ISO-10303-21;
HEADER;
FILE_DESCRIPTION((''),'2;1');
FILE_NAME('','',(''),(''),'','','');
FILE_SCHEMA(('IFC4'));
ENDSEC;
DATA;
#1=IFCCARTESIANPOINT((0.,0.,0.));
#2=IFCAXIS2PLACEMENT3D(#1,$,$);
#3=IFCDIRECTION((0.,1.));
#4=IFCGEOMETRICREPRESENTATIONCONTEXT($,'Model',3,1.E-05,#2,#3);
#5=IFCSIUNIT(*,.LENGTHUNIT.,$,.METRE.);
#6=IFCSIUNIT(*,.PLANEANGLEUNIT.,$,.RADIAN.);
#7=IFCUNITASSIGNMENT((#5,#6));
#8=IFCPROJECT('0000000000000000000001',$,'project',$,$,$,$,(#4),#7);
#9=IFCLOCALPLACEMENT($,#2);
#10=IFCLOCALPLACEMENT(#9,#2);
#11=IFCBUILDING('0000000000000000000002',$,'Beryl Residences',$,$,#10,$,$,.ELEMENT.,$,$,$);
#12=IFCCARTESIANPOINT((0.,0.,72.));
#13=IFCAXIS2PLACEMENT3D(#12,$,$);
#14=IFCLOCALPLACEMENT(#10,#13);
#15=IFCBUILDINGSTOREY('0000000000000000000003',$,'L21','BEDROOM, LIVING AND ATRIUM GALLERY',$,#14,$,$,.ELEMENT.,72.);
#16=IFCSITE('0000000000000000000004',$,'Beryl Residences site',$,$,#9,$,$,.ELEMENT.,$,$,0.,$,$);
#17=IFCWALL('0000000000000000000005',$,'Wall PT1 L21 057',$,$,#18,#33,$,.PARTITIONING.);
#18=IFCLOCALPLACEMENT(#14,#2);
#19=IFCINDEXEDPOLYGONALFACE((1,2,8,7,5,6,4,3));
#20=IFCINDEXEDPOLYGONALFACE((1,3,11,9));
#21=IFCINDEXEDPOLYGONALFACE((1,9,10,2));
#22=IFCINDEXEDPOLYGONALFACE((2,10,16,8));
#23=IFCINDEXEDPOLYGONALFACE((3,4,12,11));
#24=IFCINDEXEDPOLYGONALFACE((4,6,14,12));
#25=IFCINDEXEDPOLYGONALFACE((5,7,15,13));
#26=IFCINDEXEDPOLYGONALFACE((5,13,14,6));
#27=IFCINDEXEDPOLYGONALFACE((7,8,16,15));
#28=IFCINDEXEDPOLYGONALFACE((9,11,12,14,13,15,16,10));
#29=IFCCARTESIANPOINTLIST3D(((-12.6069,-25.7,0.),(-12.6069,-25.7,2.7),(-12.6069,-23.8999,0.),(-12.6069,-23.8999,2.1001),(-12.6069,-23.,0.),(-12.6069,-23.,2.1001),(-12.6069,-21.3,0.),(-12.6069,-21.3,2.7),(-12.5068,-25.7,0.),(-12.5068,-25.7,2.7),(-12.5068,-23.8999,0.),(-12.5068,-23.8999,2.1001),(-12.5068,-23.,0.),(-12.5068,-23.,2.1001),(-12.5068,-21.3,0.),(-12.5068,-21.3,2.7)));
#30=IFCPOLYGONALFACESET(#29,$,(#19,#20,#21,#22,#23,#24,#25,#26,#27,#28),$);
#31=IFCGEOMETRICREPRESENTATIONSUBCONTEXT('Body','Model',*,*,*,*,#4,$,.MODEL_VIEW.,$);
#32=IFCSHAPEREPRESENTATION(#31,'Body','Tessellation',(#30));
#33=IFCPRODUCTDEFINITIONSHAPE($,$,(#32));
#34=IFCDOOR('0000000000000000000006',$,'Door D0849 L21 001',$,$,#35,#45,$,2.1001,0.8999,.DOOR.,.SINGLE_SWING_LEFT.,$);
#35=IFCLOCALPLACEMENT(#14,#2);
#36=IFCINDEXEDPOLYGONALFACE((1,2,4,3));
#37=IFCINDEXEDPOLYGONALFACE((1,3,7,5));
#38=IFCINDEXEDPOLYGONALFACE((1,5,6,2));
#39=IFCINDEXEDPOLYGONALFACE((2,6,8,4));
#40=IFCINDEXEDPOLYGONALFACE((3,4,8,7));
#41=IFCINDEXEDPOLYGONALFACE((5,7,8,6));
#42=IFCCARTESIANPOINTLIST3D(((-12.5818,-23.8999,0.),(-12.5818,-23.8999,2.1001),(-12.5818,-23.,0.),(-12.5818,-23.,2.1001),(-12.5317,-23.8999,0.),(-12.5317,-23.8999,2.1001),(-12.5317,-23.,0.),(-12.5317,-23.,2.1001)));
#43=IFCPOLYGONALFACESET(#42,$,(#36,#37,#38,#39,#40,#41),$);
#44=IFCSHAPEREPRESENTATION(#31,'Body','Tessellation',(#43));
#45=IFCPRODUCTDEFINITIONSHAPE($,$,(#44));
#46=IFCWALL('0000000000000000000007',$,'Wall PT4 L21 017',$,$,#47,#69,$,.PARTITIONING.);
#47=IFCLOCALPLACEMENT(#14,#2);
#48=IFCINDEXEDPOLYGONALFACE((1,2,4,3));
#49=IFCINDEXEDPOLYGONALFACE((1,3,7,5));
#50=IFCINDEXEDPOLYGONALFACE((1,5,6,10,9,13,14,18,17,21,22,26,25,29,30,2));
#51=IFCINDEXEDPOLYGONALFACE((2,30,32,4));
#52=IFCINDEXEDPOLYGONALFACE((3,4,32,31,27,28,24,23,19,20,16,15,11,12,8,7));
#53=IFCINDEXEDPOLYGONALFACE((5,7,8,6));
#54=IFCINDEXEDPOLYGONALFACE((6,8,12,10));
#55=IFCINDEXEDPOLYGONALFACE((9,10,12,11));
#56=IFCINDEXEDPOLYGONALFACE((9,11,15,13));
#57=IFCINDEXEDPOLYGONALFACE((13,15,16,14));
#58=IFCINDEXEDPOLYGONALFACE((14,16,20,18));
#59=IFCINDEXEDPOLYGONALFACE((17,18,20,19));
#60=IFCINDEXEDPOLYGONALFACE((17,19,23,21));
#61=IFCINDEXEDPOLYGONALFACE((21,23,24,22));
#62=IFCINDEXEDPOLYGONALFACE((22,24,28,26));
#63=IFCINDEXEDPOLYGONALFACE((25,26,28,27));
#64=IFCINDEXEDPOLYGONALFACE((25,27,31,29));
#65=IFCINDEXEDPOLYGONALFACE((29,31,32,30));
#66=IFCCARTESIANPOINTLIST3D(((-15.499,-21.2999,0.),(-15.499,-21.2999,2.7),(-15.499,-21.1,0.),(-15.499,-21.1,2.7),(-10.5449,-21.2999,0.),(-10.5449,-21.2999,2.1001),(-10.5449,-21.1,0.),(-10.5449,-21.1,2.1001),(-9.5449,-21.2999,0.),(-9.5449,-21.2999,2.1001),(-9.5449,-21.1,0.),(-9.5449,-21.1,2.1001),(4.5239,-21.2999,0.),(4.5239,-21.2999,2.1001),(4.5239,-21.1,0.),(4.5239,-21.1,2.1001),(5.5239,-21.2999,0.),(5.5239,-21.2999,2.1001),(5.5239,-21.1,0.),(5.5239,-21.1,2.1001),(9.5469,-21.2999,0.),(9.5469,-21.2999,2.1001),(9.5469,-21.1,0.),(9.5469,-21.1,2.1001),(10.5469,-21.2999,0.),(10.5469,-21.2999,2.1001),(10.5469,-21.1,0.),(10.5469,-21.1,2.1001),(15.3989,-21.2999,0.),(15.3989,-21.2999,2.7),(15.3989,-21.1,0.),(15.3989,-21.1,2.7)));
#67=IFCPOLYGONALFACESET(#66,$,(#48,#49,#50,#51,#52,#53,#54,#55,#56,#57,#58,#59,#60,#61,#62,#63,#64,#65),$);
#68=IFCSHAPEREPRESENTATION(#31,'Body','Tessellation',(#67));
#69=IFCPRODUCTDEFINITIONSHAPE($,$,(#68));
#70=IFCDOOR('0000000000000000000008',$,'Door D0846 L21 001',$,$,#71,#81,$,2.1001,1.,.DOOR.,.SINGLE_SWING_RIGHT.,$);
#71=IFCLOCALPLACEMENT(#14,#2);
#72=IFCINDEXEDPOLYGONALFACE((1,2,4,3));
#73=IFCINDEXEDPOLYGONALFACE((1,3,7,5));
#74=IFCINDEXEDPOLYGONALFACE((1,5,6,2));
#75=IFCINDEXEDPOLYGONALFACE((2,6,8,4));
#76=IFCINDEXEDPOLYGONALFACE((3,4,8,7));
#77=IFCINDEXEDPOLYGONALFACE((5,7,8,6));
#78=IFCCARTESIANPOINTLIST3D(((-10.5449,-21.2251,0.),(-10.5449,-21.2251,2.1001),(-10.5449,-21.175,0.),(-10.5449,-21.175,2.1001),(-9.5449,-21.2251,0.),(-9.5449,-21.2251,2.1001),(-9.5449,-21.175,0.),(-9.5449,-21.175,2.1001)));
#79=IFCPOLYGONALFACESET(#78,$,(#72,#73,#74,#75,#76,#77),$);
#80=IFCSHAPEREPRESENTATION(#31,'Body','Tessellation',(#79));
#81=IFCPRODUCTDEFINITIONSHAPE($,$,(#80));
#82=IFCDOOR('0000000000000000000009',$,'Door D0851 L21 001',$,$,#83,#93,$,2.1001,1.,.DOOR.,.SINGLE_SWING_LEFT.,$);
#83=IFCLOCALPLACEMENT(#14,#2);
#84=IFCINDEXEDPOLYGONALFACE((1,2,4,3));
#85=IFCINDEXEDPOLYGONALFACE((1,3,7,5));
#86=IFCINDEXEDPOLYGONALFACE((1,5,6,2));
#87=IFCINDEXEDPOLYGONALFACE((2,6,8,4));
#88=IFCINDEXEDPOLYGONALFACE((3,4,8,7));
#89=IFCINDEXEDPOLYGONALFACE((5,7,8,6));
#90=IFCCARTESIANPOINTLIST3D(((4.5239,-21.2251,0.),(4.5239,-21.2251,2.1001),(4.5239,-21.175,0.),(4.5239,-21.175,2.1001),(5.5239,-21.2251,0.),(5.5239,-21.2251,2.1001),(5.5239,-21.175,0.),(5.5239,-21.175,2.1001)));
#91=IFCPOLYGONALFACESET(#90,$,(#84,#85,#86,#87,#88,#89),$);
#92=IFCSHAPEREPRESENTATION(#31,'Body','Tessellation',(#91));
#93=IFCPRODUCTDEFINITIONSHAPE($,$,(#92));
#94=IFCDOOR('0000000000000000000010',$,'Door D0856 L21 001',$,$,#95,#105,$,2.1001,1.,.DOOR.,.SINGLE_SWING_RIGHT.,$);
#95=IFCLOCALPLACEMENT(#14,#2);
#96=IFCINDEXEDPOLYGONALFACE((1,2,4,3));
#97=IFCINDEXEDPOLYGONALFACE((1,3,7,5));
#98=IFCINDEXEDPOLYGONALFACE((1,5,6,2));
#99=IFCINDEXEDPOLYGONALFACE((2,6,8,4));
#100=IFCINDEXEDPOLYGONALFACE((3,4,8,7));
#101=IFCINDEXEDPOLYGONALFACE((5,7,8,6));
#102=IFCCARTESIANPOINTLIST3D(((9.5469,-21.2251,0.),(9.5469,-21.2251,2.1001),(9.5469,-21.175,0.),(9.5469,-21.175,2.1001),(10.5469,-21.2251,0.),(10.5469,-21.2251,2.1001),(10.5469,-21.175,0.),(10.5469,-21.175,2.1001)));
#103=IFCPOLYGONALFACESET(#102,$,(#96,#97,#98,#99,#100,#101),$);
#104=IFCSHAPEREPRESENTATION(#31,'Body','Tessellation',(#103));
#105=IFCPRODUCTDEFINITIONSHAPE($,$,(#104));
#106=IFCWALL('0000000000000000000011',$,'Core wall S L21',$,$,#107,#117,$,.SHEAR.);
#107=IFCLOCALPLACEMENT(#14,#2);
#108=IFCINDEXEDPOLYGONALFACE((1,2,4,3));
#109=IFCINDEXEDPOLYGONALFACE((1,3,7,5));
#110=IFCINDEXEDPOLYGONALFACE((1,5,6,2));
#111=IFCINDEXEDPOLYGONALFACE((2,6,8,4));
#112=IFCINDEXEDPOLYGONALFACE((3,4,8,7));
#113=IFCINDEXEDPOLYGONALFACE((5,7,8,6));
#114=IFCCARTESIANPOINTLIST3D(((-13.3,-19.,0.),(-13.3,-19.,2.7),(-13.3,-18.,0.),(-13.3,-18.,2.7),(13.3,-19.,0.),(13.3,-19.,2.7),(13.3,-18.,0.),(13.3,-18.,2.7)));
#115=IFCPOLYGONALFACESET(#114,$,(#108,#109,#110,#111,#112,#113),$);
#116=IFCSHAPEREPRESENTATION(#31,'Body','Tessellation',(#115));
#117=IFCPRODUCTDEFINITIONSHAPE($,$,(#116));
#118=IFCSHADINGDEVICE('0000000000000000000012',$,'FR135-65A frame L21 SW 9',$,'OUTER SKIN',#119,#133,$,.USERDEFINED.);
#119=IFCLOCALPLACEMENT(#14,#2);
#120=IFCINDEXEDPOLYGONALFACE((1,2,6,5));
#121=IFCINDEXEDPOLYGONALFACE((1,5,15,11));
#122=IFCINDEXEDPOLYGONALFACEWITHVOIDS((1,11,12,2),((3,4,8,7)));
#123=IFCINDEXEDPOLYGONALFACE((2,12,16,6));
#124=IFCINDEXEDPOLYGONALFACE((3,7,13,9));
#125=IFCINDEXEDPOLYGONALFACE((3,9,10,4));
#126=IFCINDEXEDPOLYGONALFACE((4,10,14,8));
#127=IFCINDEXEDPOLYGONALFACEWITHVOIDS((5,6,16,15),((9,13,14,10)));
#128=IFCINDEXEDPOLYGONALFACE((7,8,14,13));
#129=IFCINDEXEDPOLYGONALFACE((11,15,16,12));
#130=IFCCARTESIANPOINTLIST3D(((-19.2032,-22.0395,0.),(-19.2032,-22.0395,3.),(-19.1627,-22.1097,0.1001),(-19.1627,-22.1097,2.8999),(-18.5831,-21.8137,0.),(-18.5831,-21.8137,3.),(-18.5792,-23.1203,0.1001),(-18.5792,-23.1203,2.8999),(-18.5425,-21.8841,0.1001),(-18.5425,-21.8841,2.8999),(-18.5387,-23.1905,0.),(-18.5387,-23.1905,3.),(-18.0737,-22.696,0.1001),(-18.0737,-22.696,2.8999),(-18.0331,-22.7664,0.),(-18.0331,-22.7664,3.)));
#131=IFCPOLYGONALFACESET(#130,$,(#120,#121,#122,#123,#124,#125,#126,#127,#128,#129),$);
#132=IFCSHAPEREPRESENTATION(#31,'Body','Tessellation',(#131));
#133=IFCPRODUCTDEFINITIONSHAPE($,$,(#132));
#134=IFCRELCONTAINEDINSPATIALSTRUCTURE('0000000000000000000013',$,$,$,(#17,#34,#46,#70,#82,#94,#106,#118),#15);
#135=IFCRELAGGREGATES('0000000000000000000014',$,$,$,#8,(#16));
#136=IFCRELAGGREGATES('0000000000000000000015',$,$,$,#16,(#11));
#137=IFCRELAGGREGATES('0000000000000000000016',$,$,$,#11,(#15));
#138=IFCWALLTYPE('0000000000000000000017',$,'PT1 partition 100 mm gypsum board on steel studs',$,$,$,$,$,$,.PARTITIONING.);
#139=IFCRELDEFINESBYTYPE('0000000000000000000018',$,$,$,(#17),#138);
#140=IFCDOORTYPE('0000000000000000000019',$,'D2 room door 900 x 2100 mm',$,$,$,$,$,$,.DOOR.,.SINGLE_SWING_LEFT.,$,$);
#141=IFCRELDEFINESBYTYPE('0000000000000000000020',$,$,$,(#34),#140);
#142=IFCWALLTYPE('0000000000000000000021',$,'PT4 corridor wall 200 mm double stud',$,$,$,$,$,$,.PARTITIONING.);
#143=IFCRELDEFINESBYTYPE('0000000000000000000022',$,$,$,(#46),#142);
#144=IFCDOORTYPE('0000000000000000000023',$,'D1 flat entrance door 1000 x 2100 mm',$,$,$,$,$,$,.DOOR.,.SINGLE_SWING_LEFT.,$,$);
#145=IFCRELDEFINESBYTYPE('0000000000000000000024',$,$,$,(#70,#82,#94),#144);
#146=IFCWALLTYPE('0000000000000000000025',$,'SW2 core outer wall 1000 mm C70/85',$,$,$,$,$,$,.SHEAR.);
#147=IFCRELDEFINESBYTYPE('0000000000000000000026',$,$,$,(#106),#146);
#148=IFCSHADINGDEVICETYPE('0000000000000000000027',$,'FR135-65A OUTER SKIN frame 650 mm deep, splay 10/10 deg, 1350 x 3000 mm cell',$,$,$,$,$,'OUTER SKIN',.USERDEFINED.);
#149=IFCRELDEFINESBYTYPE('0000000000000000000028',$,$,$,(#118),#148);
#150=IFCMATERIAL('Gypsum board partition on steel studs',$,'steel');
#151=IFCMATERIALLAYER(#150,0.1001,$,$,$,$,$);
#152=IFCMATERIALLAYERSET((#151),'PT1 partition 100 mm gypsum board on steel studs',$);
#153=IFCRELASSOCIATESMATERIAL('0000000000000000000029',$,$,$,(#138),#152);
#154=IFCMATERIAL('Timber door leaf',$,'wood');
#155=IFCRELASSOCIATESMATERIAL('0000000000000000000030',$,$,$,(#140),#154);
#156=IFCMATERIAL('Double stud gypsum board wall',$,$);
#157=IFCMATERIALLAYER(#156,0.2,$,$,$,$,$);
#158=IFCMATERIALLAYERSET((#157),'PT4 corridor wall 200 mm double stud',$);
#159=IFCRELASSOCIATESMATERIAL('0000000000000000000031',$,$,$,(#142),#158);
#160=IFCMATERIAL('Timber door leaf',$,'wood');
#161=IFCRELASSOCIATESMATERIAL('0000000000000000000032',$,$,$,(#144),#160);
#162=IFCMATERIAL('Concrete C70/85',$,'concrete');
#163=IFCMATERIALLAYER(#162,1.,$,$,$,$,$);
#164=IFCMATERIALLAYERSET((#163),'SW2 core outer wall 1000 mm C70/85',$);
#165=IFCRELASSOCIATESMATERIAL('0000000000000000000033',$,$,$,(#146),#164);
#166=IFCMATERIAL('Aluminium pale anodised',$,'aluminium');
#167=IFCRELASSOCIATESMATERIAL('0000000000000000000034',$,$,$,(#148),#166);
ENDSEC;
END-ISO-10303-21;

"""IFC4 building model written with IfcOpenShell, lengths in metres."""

from ifc_helpers import new_model, entity, si_unit, direction, frame, frame_2d, origin, place, context, subcontext, project, spatial, rectangle, extrude, source, transform, mapped, material, layer, layer_set, type_object, type_shapes, element, fill, save


model = new_model("IFC4")

# Units and contexts
model_context = context("Model", 3, precision=1e-05, world=origin(), true_north=direction((0.0, 1.0)))
body_context = subcontext(model_context, "Body", "Model", "MODEL_VIEW")
ifc_project = project(units=[si_unit("LENGTHUNIT", "METRE"), si_unit("PLANEANGLEUNIT", "RADIAN")], contexts=[model_context])

# Site, building, storey
site_placement = place(None, origin())
site = spatial("IfcSite", under=ifc_project, at=site_placement, Name="Beryl Residences site", CompositionType="ELEMENT", RefElevation=0.0)
building_placement = place(site_placement, origin())
building = spatial("IfcBuilding", under=site, at=building_placement, Name="Beryl Residences", CompositionType="ELEMENT")
storey_placement = place(building_placement, frame((0.0, 0.0, 72.0)))
storey = spatial("IfcBuildingStorey", under=building, at=storey_placement, Name="L21", Description="BEDROOM, LIVING AND ATRIUM GALLERY", CompositionType="ELEMENT", Elevation=72.0)

# Wall, opening, door
ifc_material_1 = material(Name="Gypsum board partition on steel studs", Category="steel")
ifc_layer_1 = layer(ifc_material_1, 0.1001)
ifc_layer_set_1 = layer_set([ifc_layer_1], Name="PT1 partition 100 mm gypsum board on steel studs")
wall_type_1 = type_object("IfcWallType", Name="PT1 partition 100 mm gypsum board on steel studs", PredefinedType="PARTITIONING", material=ifc_layer_set_1)
wall_1_placement = place(storey_placement, frame((-12.5569, -25.7, 0.0), z_axis=(0.0, 0.0, 1.0), x_axis=(0.0, 1.0, 0.0)))
wall_1 = element("IfcWall", 1, at=wall_1_placement, inside=storey, type_object=wall_type_1, Name="Wall PT1 L21 057", PredefinedType="PARTITIONING", context=body_context, shape_type="SweptSolid", body=[
    extrude(rectangle(XDim=4.3999, YDim=0.1001, at=frame_2d((2.2, 0.0))), origin(), (0.0, 0.0, 1.0), 2.7),
])
opening_1_placement = place(wall_1_placement, frame((1.8, 0.0, 0.0)))
opening_1 = element("IfcOpeningElement", 2, at=opening_1_placement, cuts=wall_1, PredefinedType="OPENING", context=body_context, shape_type="SweptSolid", body=[
    extrude(rectangle(XDim=0.8999, YDim=2.1001, at=frame_2d((0.45, 1.05))), frame((0.0, 0.0601, 0.0), z_axis=(0.0, -1.0, 0.0), x_axis=(1.0, 0.0, 0.0)), (0.0, 0.0, 1.0), 0.1201),
])
ifc_material_2 = material(Name="Timber door leaf", Category="wood")
door_type_1 = type_object("IfcDoorType", Name="D2 room door 900 x 2100 mm", OperationType="SINGLE_SWING_LEFT", PredefinedType="DOOR", material=ifc_material_2)
door_1_placement = place(opening_1_placement, origin())
door_1 = element("IfcDoor", 3, at=door_1_placement, inside=storey, type_object=door_type_1, Name="Door D0849 L21 001", OperationType="SINGLE_SWING_LEFT", OverallHeight=2.1001, OverallWidth=0.8999, PredefinedType="DOOR", context=body_context, shape_type="SweptSolid", body=[
    extrude(rectangle(XDim=0.8999, YDim=2.1001, at=frame_2d((0.45, 1.05))), frame((0.0, 0.0249, 0.0), z_axis=(0.0, -1.0, 0.0), x_axis=(1.0, 0.0, 0.0)), (0.0, 0.0, 1.0), 0.05),
])
fill(opening_1, door_1)

# Wall, openings, doors
ifc_material_3 = material(Name="Double stud gypsum board wall")
ifc_layer_2 = layer(ifc_material_3, 0.2)
ifc_layer_set_2 = layer_set([ifc_layer_2], Name="PT4 corridor wall 200 mm double stud")
wall_type_2 = type_object("IfcWallType", Name="PT4 corridor wall 200 mm double stud", PredefinedType="PARTITIONING", material=ifc_layer_set_2)
wall_2_placement = place(storey_placement, frame((-15.499, -21.2, 0.0), z_axis=(0.0, 0.0, 1.0), x_axis=(1.0, 0.0, 0.0)))
wall_2 = element("IfcWall", 4, at=wall_2_placement, inside=storey, type_object=wall_type_2, Name="Wall PT4 L21 017", PredefinedType="PARTITIONING", context=body_context, shape_type="SweptSolid", body=[
    extrude(rectangle(XDim=30.8979, YDim=0.2, at=frame_2d((15.449, 0.0))), origin(), (0.0, 0.0, 1.0), 2.7),
])
opening_2_placement = place(wall_2_placement, frame((4.9541, 0.0, 0.0)))
opening_2 = element("IfcOpeningElement", 5, at=opening_2_placement, cuts=wall_2, PredefinedType="OPENING", context=body_context, shape_type="SweptSolid", body=[
    extrude(rectangle(XDim=1.0, YDim=2.1001, at=frame_2d((0.5, 1.05))), frame((0.0, 0.1099, 0.0), z_axis=(0.0, -1.0, 0.0), x_axis=(1.0, 0.0, 0.0)), (0.0, 0.0, 1.0), 0.22),
])
opening_3_placement = place(wall_2_placement, frame((20.0229, 0.0, 0.0)))
opening_3 = element("IfcOpeningElement", 6, at=opening_3_placement, cuts=wall_2, PredefinedType="OPENING", context=body_context, shape_type="SweptSolid", body=[
    extrude(rectangle(XDim=1.0, YDim=2.1001, at=frame_2d((0.5, 1.05))), frame((0.0, 0.1099, 0.0), z_axis=(0.0, -1.0, 0.0), x_axis=(1.0, 0.0, 0.0)), (0.0, 0.0, 1.0), 0.22),
])
opening_4_placement = place(wall_2_placement, frame((25.0459, 0.0, 0.0)))
opening_4 = element("IfcOpeningElement", 7, at=opening_4_placement, cuts=wall_2, PredefinedType="OPENING", context=body_context, shape_type="SweptSolid", body=[
    extrude(rectangle(XDim=1.0, YDim=2.1001, at=frame_2d((0.5, 1.05))), frame((0.0, 0.1099, 0.0), z_axis=(0.0, -1.0, 0.0), x_axis=(1.0, 0.0, 0.0)), (0.0, 0.0, 1.0), 0.22),
])
ifc_material_4 = material(Name="Timber door leaf", Category="wood")
door_type_2 = type_object("IfcDoorType", Name="D1 flat entrance door 1000 x 2100 mm", OperationType="SINGLE_SWING_LEFT", PredefinedType="DOOR", material=ifc_material_4)
door_2_placement = place(opening_2_placement, origin())
door_2 = element("IfcDoor", 8, at=door_2_placement, inside=storey, type_object=door_type_2, Name="Door D0846 L21 001", OperationType="SINGLE_SWING_RIGHT", OverallHeight=2.1001, OverallWidth=1.0, PredefinedType="DOOR", context=body_context, shape_type="SweptSolid", body=[
    extrude(rectangle(XDim=1.0, YDim=2.1001, at=frame_2d((0.5, 1.05))), frame((0.0, 0.0249, 0.0), z_axis=(0.0, -1.0, 0.0), x_axis=(1.0, 0.0, 0.0)), (0.0, 0.0, 1.0), 0.05),
])
fill(opening_2, door_2)
door_3_placement = place(opening_3_placement, origin())
door_3 = element("IfcDoor", 9, at=door_3_placement, inside=storey, type_object=door_type_2, Name="Door D0851 L21 001", OperationType="SINGLE_SWING_LEFT", OverallHeight=2.1001, OverallWidth=1.0, PredefinedType="DOOR", context=body_context, shape_type="SweptSolid", body=[
    extrude(rectangle(XDim=1.0, YDim=2.1001, at=frame_2d((0.5, 1.05))), frame((0.0, 0.0249, 0.0), z_axis=(0.0, -1.0, 0.0), x_axis=(1.0, 0.0, 0.0)), (0.0, 0.0, 1.0), 0.05),
])
fill(opening_3, door_3)
door_4_placement = place(opening_4_placement, origin())
door_4 = element("IfcDoor", 10, at=door_4_placement, inside=storey, type_object=door_type_2, Name="Door D0856 L21 001", OperationType="SINGLE_SWING_RIGHT", OverallHeight=2.1001, OverallWidth=1.0, PredefinedType="DOOR", context=body_context, shape_type="SweptSolid", body=[
    extrude(rectangle(XDim=1.0, YDim=2.1001, at=frame_2d((0.5, 1.05))), frame((0.0, 0.0249, 0.0), z_axis=(0.0, -1.0, 0.0), x_axis=(1.0, 0.0, 0.0)), (0.0, 0.0, 1.0), 0.05),
])
fill(opening_4, door_4)

# Wall
ifc_material_5 = material(Name="Concrete C70/85", Category="concrete")
ifc_layer_3 = layer(ifc_material_5, 1.0)
ifc_layer_set_3 = layer_set([ifc_layer_3], Name="SW2 core outer wall 1000 mm C70/85")
wall_type_3 = type_object("IfcWallType", Name="SW2 core outer wall 1000 mm C70/85", PredefinedType="SHEAR", material=ifc_layer_set_3)
wall_3_placement = place(storey_placement, frame((-13.3, -18.5, 0.0), z_axis=(0.0, 0.0, 1.0), x_axis=(1.0, 0.0, 0.0)))
element("IfcWall", 11, at=wall_3_placement, inside=storey, type_object=wall_type_3, Name="Core wall S L21", PredefinedType="SHEAR", context=body_context, shape_type="SweptSolid", body=[
    extrude(rectangle(XDim=26.6001, YDim=1.0, at=frame_2d((13.3, 0.0))), origin(), (0.0, 0.0, 1.0), 2.7),
])

# Shading device
ifc_material_6 = material(Name="Aluminium pale anodised", Category="aluminium")
shading_device_type_1 = type_object("IfcShadingDeviceType", Name="FR135-65A OUTER SKIN frame 650 mm deep, splay 10/10 deg, 1350 x 3000 mm cell", ElementType="OUTER SKIN", PredefinedType="USERDEFINED", material=ifc_material_6)
cartesian_point_1 = entity("IfcCartesianPoint", [-0.55, 0.0])
cartesian_point_2 = entity("IfcCartesianPoint", [-0.4688, 0.1001])
cartesian_point_3 = entity("IfcCartesianPoint", [-0.6646, 0.0])
cartesian_point_4 = entity("IfcCartesianPoint", [-0.5835, 0.1001])
shared_shape_1 = source(origin(), body_context, "Body", "SweptSolid", [
    entity("IfcExtrudedAreaSolidTapered", entity("IfcArbitraryProfileDefWithVoids", "AREA", None, entity("IfcPolyline", [cartesian_point_1, entity("IfcCartesianPoint", [0.55, 0.0]), entity("IfcCartesianPoint", [0.55, 3.0]), entity("IfcCartesianPoint", [-0.55, 3.0]), cartesian_point_1]), [entity("IfcPolyline", [cartesian_point_2, entity("IfcCartesianPoint", [0.4688, 0.1001]), entity("IfcCartesianPoint", [0.4688, 2.8999]), entity("IfcCartesianPoint", [-0.4688, 2.8999]), cartesian_point_2])]), entity("IfcAxis2Placement3D", entity("IfcCartesianPoint", [0.0, 0.0, 0.0]), entity("IfcDirection", [0.0, 1.0, 0.0]), entity("IfcDirection", [-1.0, 0.0, 0.0])), entity("IfcDirection", [0.0, 0.0, 1.0]), 0.6499, entity("IfcArbitraryProfileDefWithVoids", "AREA", None, entity("IfcPolyline", [cartesian_point_3, entity("IfcCartesianPoint", [0.6646, 0.0]), entity("IfcCartesianPoint", [0.6646, 3.0]), entity("IfcCartesianPoint", [-0.6646, 3.0]), cartesian_point_3]), [entity("IfcPolyline", [cartesian_point_4, entity("IfcCartesianPoint", [0.5835, 0.1001]), entity("IfcCartesianPoint", [0.5835, 2.8999]), entity("IfcCartesianPoint", [-0.5835, 2.8999]), cartesian_point_4])])),
])
type_shapes(shading_device_type_1, [shared_shape_1])
shading_device_1_placement = place(storey_placement, frame((-18.3081, -22.29, 0.0), z_axis=(0.0, 0.0, 1.0), x_axis=(-0.5, 0.866025, 0.0)))
element("IfcShadingDevice", 12, at=shading_device_1_placement, inside=storey, type_object=shading_device_type_1, Name="FR135-65A frame L21 SW 9", ObjectType="OUTER SKIN", PredefinedType="USERDEFINED", context=body_context, shape_type="MappedRepresentation", body=[
    mapped(shared_shape_1, transform((0.0, 0.0, 0.0))),
])

save(model, "model.ifc")
